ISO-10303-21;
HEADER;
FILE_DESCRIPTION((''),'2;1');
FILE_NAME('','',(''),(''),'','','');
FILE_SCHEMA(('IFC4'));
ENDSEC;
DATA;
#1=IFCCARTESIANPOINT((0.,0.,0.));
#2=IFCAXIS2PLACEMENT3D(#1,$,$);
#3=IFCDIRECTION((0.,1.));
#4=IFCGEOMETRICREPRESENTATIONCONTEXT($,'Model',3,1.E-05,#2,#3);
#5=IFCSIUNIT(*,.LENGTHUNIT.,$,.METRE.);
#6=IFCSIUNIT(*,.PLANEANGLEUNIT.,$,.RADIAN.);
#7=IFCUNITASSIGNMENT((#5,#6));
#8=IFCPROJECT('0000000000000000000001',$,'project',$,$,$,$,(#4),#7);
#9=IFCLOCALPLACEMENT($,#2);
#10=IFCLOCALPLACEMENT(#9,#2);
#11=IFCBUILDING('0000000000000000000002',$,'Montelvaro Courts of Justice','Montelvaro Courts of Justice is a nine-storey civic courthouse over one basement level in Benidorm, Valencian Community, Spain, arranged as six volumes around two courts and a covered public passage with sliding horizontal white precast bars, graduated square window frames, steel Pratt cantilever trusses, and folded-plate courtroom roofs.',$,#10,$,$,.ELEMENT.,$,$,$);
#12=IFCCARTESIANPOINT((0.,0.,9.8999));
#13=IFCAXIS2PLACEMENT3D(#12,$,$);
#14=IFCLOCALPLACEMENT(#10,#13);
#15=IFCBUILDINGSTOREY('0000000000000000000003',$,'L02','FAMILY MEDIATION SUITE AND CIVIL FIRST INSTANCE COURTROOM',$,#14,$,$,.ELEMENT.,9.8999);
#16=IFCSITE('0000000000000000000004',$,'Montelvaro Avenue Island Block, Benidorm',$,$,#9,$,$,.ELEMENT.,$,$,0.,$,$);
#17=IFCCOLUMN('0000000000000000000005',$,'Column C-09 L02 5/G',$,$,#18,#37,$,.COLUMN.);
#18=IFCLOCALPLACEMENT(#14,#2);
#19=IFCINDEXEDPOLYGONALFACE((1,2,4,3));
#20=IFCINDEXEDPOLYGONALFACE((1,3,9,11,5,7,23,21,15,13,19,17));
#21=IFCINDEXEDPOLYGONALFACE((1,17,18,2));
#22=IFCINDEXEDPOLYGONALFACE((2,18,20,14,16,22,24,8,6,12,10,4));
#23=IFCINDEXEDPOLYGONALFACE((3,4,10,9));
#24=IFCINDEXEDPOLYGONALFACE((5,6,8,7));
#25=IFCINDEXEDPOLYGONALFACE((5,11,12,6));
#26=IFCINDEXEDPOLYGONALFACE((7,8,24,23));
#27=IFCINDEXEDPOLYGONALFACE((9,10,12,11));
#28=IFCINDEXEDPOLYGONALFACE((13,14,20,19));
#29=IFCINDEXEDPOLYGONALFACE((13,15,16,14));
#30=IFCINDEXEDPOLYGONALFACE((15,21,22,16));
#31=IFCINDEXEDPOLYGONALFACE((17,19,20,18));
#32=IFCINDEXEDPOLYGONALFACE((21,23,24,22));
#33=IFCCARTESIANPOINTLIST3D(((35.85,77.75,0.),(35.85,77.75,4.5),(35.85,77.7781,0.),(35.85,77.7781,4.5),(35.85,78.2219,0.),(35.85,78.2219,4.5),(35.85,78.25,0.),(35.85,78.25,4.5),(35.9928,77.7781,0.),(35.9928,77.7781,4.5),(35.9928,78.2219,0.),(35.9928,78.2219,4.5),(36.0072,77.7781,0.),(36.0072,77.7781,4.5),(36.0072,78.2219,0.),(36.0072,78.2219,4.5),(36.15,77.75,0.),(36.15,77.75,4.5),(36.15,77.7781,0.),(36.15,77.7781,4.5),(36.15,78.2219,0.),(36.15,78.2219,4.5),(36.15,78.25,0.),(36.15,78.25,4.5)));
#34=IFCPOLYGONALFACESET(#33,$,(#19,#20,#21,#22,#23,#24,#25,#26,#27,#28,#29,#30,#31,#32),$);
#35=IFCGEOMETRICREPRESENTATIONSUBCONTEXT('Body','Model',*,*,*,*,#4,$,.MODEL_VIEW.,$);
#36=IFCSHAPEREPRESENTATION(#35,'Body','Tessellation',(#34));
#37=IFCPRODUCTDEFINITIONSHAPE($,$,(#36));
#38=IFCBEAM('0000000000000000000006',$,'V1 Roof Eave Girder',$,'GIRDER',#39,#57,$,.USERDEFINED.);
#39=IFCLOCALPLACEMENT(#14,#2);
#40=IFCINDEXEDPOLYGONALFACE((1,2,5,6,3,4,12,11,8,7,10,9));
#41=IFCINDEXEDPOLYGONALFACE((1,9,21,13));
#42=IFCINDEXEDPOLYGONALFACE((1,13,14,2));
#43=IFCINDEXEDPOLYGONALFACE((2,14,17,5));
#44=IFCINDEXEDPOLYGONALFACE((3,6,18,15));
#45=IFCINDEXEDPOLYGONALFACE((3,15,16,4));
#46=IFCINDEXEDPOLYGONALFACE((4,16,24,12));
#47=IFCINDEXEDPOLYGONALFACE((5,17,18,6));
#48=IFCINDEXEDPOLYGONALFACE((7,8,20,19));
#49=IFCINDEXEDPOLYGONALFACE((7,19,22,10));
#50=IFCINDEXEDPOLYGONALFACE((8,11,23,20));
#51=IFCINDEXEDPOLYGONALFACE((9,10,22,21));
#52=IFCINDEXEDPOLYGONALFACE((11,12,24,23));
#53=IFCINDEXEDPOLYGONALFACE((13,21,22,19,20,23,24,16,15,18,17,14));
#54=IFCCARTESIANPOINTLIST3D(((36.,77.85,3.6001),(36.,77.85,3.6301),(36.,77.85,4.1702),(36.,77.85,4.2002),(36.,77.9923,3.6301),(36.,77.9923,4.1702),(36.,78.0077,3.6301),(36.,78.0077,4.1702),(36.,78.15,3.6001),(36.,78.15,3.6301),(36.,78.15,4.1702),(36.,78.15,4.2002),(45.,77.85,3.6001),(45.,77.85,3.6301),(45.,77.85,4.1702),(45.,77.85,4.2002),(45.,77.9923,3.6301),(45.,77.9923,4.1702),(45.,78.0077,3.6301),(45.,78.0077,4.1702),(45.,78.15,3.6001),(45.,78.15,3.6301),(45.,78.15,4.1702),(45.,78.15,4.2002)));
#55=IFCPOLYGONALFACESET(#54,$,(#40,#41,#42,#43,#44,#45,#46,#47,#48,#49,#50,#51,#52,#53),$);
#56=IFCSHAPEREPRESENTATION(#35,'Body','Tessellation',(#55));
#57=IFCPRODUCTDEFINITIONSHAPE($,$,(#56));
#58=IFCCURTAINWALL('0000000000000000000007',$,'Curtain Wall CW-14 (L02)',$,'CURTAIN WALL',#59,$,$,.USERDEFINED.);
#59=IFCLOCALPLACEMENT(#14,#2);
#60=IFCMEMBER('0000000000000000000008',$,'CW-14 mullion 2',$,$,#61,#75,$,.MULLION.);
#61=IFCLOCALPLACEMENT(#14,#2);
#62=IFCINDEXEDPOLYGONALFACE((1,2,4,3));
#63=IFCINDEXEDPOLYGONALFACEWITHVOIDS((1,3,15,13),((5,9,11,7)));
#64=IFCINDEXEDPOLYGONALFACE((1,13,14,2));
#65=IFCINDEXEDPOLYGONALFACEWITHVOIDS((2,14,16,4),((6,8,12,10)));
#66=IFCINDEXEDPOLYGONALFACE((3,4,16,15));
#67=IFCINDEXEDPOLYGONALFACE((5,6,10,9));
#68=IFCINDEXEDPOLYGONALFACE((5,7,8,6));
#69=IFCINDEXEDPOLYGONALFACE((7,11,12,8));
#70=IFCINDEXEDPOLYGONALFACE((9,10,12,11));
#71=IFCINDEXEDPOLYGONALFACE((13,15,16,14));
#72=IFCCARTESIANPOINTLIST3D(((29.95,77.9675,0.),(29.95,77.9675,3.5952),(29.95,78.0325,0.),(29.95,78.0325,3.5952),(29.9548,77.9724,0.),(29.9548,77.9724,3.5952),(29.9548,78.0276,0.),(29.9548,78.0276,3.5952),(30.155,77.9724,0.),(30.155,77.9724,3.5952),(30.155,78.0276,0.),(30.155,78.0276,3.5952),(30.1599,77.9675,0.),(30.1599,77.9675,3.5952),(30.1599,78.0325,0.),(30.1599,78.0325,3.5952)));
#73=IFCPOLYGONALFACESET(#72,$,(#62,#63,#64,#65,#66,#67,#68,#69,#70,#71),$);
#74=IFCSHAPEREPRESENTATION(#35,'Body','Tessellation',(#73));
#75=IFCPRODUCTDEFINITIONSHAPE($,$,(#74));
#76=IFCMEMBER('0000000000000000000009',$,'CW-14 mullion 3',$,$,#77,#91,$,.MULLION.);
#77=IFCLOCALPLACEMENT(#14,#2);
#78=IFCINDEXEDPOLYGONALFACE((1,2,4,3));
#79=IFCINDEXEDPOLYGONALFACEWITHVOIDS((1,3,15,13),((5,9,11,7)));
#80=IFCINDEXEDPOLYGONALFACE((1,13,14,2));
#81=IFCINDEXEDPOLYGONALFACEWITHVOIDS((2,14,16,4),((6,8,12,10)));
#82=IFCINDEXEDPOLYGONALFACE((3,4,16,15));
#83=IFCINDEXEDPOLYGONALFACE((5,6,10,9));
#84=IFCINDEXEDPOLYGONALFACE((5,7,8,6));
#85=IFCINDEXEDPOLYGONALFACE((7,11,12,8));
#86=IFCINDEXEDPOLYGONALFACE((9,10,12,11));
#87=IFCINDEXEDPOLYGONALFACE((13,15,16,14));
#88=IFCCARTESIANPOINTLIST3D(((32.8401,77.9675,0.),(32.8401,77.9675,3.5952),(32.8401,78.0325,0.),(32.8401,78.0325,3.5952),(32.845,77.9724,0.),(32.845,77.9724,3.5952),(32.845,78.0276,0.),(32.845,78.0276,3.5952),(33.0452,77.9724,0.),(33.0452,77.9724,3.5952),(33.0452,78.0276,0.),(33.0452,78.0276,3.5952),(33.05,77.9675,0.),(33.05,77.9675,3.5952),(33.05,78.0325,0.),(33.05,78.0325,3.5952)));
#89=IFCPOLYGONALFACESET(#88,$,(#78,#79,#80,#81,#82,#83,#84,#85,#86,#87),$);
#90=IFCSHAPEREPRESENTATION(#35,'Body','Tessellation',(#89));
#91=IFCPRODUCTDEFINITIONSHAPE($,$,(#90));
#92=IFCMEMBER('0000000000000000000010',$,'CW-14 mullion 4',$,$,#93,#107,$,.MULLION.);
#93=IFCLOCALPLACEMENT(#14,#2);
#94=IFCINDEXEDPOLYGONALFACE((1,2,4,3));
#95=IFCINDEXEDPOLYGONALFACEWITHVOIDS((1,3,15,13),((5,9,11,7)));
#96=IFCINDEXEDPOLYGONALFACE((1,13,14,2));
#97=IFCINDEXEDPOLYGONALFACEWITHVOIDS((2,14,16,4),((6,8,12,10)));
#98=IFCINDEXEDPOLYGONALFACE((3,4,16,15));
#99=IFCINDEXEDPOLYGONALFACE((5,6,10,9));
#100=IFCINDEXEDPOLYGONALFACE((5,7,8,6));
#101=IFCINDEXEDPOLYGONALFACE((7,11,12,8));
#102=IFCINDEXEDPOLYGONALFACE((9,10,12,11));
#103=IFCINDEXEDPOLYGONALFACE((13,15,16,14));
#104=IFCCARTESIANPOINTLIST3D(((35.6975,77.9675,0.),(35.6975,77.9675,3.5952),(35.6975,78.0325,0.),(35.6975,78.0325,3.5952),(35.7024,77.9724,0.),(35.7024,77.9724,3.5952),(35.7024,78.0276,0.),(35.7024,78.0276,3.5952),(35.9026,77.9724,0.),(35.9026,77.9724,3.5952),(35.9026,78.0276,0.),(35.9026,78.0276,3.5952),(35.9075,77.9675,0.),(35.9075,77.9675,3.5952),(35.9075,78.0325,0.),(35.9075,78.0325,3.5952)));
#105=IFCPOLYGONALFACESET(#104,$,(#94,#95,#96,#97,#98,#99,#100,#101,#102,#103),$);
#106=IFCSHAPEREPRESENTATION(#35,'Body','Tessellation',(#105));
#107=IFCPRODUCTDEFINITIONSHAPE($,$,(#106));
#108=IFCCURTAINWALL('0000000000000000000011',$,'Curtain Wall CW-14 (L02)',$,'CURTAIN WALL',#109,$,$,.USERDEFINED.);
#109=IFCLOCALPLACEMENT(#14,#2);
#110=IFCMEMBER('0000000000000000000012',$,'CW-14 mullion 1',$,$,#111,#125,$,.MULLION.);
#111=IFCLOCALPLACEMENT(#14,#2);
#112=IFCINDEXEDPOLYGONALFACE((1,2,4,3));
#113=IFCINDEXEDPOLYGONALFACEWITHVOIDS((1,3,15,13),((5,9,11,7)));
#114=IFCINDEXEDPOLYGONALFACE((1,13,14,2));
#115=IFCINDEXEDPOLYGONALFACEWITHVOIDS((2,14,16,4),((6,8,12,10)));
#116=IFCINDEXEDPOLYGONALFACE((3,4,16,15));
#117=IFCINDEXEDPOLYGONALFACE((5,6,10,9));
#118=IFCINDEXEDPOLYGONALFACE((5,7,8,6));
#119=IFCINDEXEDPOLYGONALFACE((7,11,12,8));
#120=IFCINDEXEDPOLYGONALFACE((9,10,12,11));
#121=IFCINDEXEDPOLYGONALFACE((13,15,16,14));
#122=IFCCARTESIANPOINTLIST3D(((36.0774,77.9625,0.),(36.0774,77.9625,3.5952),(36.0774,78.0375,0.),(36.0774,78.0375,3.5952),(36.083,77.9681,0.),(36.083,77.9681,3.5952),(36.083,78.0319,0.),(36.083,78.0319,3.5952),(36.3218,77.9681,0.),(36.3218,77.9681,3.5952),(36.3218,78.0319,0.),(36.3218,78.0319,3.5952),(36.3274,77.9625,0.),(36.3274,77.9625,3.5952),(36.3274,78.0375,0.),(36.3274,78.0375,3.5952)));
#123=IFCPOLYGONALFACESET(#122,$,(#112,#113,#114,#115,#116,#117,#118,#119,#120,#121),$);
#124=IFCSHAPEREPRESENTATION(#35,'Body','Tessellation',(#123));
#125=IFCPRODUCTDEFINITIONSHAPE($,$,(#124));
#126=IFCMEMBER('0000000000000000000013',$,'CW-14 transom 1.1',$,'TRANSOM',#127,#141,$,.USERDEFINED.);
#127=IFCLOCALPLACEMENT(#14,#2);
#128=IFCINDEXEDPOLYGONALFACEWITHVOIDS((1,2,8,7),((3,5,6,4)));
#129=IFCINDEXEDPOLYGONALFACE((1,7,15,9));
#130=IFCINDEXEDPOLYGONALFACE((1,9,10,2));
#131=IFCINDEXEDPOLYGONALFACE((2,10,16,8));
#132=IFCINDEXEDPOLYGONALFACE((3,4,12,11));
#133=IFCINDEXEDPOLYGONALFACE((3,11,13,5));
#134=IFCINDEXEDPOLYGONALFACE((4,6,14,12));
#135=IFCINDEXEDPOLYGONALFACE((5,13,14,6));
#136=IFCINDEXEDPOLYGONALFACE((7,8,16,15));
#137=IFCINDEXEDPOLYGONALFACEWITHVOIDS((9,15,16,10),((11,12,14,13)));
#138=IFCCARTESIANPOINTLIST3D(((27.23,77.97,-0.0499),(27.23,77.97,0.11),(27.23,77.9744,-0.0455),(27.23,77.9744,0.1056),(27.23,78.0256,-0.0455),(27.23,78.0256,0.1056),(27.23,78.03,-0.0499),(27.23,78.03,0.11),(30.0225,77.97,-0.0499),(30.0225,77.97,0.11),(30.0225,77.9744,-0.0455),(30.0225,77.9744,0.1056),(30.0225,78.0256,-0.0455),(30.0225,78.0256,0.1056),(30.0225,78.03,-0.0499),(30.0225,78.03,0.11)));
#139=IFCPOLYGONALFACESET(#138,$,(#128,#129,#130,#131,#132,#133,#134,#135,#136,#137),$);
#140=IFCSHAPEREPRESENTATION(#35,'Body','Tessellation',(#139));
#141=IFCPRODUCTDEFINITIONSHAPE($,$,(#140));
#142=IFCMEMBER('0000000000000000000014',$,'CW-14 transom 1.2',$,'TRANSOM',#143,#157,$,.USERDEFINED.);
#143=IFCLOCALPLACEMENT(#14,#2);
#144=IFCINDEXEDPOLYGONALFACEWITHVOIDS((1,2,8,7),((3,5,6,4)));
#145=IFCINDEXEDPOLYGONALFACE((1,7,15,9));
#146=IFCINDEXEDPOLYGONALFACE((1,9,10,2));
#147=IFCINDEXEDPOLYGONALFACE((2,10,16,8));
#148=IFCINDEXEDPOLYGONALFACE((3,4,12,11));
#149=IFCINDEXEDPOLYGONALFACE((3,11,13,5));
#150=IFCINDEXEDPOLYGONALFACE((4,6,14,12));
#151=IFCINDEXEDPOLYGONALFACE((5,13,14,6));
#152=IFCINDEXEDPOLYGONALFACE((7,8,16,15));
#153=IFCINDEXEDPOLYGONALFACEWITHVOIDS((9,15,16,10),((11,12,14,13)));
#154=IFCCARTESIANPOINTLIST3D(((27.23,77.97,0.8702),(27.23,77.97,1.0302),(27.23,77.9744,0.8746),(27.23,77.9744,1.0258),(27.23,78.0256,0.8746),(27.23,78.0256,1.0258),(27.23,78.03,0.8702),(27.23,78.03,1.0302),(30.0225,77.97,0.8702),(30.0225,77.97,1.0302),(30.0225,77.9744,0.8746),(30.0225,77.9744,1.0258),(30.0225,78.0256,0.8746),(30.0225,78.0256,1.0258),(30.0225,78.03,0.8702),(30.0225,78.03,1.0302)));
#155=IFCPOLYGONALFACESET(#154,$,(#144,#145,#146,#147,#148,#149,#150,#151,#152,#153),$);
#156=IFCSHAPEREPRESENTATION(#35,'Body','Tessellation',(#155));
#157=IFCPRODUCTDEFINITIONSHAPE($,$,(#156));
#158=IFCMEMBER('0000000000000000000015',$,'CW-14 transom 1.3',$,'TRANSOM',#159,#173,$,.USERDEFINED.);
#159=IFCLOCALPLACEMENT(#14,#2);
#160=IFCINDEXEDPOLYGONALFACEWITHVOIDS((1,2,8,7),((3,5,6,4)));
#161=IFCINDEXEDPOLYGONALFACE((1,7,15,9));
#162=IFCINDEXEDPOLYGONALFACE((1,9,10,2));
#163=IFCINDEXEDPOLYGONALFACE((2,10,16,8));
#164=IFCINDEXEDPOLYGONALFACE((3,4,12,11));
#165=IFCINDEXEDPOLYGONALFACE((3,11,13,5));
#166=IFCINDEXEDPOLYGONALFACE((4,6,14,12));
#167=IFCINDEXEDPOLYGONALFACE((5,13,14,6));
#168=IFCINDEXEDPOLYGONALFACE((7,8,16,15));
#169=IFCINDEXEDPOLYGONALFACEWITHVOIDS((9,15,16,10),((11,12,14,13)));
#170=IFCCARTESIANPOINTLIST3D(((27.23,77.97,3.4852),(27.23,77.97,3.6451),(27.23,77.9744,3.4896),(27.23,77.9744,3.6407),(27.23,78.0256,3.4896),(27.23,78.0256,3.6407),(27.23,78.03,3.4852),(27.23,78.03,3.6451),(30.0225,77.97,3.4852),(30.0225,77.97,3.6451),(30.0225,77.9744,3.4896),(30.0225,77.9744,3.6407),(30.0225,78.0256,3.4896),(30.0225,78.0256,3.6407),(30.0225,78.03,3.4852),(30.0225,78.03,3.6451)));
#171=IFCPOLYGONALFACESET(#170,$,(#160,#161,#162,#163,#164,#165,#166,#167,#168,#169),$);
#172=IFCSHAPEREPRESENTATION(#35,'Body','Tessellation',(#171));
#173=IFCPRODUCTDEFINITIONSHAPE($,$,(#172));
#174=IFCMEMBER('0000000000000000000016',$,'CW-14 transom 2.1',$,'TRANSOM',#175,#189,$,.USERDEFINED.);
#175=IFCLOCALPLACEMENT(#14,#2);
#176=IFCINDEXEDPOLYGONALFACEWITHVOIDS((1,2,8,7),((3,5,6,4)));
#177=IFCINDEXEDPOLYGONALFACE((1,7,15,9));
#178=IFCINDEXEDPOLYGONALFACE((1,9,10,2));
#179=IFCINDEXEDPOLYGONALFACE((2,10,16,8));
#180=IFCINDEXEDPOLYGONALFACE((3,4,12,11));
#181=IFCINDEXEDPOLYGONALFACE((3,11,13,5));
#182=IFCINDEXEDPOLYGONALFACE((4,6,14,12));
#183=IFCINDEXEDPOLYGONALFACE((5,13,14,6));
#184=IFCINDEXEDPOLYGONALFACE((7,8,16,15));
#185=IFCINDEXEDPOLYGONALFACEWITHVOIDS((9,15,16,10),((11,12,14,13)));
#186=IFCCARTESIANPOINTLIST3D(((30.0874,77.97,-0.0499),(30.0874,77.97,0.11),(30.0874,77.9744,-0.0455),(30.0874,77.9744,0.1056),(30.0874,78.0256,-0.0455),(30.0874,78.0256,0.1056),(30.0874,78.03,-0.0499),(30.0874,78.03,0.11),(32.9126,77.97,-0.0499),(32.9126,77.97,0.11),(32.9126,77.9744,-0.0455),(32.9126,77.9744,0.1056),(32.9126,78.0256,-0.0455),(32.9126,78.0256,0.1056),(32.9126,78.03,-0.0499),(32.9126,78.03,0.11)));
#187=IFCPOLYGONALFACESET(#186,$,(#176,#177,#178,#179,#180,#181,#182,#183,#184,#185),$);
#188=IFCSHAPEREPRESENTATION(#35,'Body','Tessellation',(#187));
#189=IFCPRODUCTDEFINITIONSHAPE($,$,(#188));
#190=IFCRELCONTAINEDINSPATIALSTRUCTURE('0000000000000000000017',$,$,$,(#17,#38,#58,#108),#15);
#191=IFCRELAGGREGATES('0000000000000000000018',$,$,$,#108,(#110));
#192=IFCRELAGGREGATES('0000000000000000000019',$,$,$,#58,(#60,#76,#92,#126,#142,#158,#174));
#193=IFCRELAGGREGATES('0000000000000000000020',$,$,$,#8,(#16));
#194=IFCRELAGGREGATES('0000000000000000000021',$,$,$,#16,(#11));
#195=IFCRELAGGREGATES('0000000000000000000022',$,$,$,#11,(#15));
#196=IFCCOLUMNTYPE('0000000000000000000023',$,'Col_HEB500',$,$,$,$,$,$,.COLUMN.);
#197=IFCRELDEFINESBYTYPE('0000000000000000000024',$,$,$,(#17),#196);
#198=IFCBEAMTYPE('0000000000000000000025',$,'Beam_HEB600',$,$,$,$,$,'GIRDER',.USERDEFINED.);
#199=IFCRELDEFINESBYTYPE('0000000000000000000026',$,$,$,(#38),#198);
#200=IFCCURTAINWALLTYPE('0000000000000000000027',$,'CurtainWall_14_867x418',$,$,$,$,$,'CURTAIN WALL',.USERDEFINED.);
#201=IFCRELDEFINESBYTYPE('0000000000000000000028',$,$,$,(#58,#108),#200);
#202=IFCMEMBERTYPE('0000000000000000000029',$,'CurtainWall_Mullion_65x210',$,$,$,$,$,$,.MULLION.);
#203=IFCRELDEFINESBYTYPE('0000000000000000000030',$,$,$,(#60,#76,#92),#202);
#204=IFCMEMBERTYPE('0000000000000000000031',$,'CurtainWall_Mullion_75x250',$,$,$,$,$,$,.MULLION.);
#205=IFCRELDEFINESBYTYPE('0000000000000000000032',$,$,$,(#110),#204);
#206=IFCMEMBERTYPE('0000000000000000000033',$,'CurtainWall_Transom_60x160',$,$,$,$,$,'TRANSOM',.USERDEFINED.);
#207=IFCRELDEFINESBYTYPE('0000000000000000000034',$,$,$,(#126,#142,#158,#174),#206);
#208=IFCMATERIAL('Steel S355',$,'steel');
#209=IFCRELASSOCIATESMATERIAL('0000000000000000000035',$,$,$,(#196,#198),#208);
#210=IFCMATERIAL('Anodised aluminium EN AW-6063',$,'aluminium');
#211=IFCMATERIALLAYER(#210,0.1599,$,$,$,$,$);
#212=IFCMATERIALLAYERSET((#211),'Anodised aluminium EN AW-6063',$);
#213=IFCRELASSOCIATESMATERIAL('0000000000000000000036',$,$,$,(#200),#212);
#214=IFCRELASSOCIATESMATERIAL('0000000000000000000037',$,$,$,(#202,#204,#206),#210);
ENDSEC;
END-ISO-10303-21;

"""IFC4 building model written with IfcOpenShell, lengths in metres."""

from ifc_helpers import new_model, si_unit, direction, frame, origin, origin_2d, place, context, subcontext, project, spatial, hollow_rectangle, i_section, extrude, material, layer, layer_set, material_profile, profile_set, type_object, element, aggregate, save


model = new_model("IFC4")

# Units and contexts
model_context = context("Model", 3, precision=1e-05, world=origin(), true_north=direction((0.0, 1.0)))
body_context = subcontext(model_context, "Body", "Model", "MODEL_VIEW")
ifc_project = project(units=[si_unit("LENGTHUNIT", "METRE"), si_unit("PLANEANGLEUNIT", "RADIAN")], contexts=[model_context])

# Site, building, storey
site_placement = place(None, origin())
site = spatial("IfcSite", under=ifc_project, at=site_placement, Name="Montelvaro Avenue Island Block, Benidorm", CompositionType="ELEMENT", RefElevation=0.0)
building_placement = place(site_placement, origin())
building = spatial("IfcBuilding", under=site, at=building_placement, Name="Montelvaro Courts of Justice", Description="Montelvaro Courts of Justice is a nine-storey civic courthouse over one basement level in Benidorm, Valencian Community, Spain, arranged as six volumes around two courts and a covered public passage with sliding horizontal white precast bars, graduated square window frames, steel Pratt cantilever trusses, and folded-plate courtroom roofs.", CompositionType="ELEMENT")
storey_placement = place(building_placement, frame((0.0, 0.0, 9.8999)))
storey = spatial("IfcBuildingStorey", under=building, at=storey_placement, Name="L02", Description="FAMILY MEDIATION SUITE AND CIVIL FIRST INSTANCE COURTROOM", CompositionType="ELEMENT", Elevation=9.8999)

# Column
ifc_material_1 = material(Name="Steel S355", Category="steel")
ifc_material_profile_1 = material_profile(ifc_material_1, i_section(OverallWidth=0.3, OverallDepth=0.5, WebThickness=0.0144, FlangeThickness=0.0281, at=origin_2d()), Name="HEB 500")
ifc_profile_set_1 = profile_set([ifc_material_profile_1], Name="Steel S355")
column_type = type_object("IfcColumnType", Name="Col_HEB500", PredefinedType="COLUMN", material=ifc_profile_set_1)
column_placement = place(storey_placement, frame((36.0, 78.0, 0.0), z_axis=(0.0, 0.0, 1.0), x_axis=(1.0, 0.0, 0.0)))
element("IfcColumn", 1, at=column_placement, inside=storey, type_object=column_type, Name="Column C-09 L02 5/G", PredefinedType="COLUMN", context=body_context, shape_type="SweptSolid", body=[
    extrude(i_section(OverallWidth=0.3, OverallDepth=0.5, WebThickness=0.0144, FlangeThickness=0.0281, at=origin_2d()), origin(), (0.0, 0.0, 1.0), 4.5),
])

# Beam
ifc_material_profile_2 = material_profile(ifc_material_1, i_section(OverallWidth=0.3, OverallDepth=0.6001, WebThickness=0.0154, FlangeThickness=0.03, at=origin_2d()), Name="HEB 600")
ifc_profile_set_2 = profile_set([ifc_material_profile_2], Name="Steel S355")
beam_type = type_object("IfcBeamType", Name="Beam_HEB600", ElementType="GIRDER", PredefinedType="USERDEFINED", material=ifc_profile_set_2)
beam_placement = place(storey_placement, frame((36.0, 78.0, 3.9001), z_axis=(1.0, 0.0, 0.0), x_axis=(0.0, 1.0, 0.0)))
element("IfcBeam", 2, at=beam_placement, inside=storey, type_object=beam_type, Name="V1 Roof Eave Girder", ObjectType="GIRDER", PredefinedType="USERDEFINED", context=body_context, shape_type="SweptSolid", body=[
    extrude(i_section(OverallWidth=0.3, OverallDepth=0.6001, WebThickness=0.0154, FlangeThickness=0.03, at=origin_2d()), origin(), (0.0, 0.0, 1.0), 9.0),
])

# Curtain wall, members
ifc_material_2 = material(Name="Anodised aluminium EN AW-6063", Category="aluminium")
ifc_layer_1 = layer(ifc_material_2, 0.1599)
ifc_layer_set_1 = layer_set([ifc_layer_1], Name="Anodised aluminium EN AW-6063")
curtain_wall_type = type_object("IfcCurtainWallType", Name="CurtainWall_14_867x418", ElementType="CURTAIN WALL", PredefinedType="USERDEFINED", material=ifc_layer_set_1)
curtain_wall_1_placement = place(storey_placement, origin())
curtain_wall_1 = element("IfcCurtainWall", 3, at=curtain_wall_1_placement, inside=storey, type_object=curtain_wall_type, Name="Curtain Wall CW-14 (L02)", ObjectType="CURTAIN WALL", PredefinedType="USERDEFINED")
ifc_material_profile_3 = material_profile(ifc_material_2, hollow_rectangle(XDim=0.0649, YDim=0.21, WallThickness=0.0049, at=origin_2d()), Name="ALU-M 65x210")
ifc_profile_set_3 = profile_set([ifc_material_profile_3], Name="Anodised aluminium EN AW-6063")
member_type_1 = type_object("IfcMemberType", Name="CurtainWall_Mullion_65x210", PredefinedType="MULLION", material=ifc_profile_set_3)
member_1_placement = place(storey_placement, frame((30.0549, 78.0, 0.0), z_axis=(0.0, 0.0, 1.0), x_axis=(0.0, 1.0, 0.0)))
member_1 = element("IfcMember", 4, at=member_1_placement, type_object=member_type_1, Name="CW-14 mullion 2", PredefinedType="MULLION", context=body_context, shape_type="SweptSolid", body=[
    extrude(hollow_rectangle(XDim=0.0649, YDim=0.21, WallThickness=0.0049, at=origin_2d()), origin(), (0.0, 0.0, 1.0), 3.5952),
])
member_2_placement = place(storey_placement, frame((32.9451, 78.0, 0.0), z_axis=(0.0, 0.0, 1.0), x_axis=(0.0, 1.0, 0.0)))
member_2 = element("IfcMember", 5, at=member_2_placement, type_object=member_type_1, Name="CW-14 mullion 3", PredefinedType="MULLION", context=body_context, shape_type="SweptSolid", body=[
    extrude(hollow_rectangle(XDim=0.0649, YDim=0.21, WallThickness=0.0049, at=origin_2d()), origin(), (0.0, 0.0, 1.0), 3.5952),
])
member_3_placement = place(storey_placement, frame((35.8025, 78.0, 0.0), z_axis=(0.0, 0.0, 1.0), x_axis=(0.0, 1.0, 0.0)))
member_3 = element("IfcMember", 6, at=member_3_placement, type_object=member_type_1, Name="CW-14 mullion 4", PredefinedType="MULLION", context=body_context, shape_type="SweptSolid", body=[
    extrude(hollow_rectangle(XDim=0.0649, YDim=0.21, WallThickness=0.0049, at=origin_2d()), origin(), (0.0, 0.0, 1.0), 3.5952),
])

# Curtain wall, member
curtain_wall_2_placement = place(storey_placement, origin())
curtain_wall_2 = element("IfcCurtainWall", 7, at=curtain_wall_2_placement, inside=storey, type_object=curtain_wall_type, Name="Curtain Wall CW-14 (L02)", ObjectType="CURTAIN WALL", PredefinedType="USERDEFINED")
ifc_material_profile_4 = material_profile(ifc_material_2, hollow_rectangle(XDim=0.075, YDim=0.25, WallThickness=0.0056, at=origin_2d()), Name="ALU-M 75x250")
ifc_profile_set_4 = profile_set([ifc_material_profile_4], Name="Anodised aluminium EN AW-6063")
member_type_2 = type_object("IfcMemberType", Name="CurtainWall_Mullion_75x250", PredefinedType="MULLION", material=ifc_profile_set_4)
member_4_placement = place(storey_placement, frame((36.2024, 78.0, 0.0), z_axis=(0.0, 0.0, 1.0), x_axis=(0.0, 1.0, 0.0)))
member_4 = element("IfcMember", 8, at=member_4_placement, type_object=member_type_2, Name="CW-14 mullion 1", PredefinedType="MULLION", context=body_context, shape_type="SweptSolid", body=[
    extrude(hollow_rectangle(XDim=0.075, YDim=0.25, WallThickness=0.0056, at=origin_2d()), origin(), (0.0, 0.0, 1.0), 3.5952),
])

# Members
ifc_material_profile_5 = material_profile(ifc_material_2, hollow_rectangle(XDim=0.0601, YDim=0.1599, WallThickness=0.0044, at=origin_2d()), Name="ALU-T 60x160")
ifc_profile_set_5 = profile_set([ifc_material_profile_5], Name="Anodised aluminium EN AW-6063")
member_type_3 = type_object("IfcMemberType", Name="CurtainWall_Transom_60x160", ElementType="TRANSOM", PredefinedType="USERDEFINED", material=ifc_profile_set_5)
member_5_placement = place(storey_placement, frame((27.23, 78.0, 0.03), z_axis=(1.0, 0.0, 0.0), x_axis=(0.0, 1.0, 0.0)))
member_5 = element("IfcMember", 9, at=member_5_placement, type_object=member_type_3, Name="CW-14 transom 1.1", ObjectType="TRANSOM", PredefinedType="USERDEFINED", context=body_context, shape_type="SweptSolid", body=[
    extrude(hollow_rectangle(XDim=0.0601, YDim=0.1599, WallThickness=0.0044, at=origin_2d()), origin(), (0.0, 0.0, 1.0), 2.7925),
])
member_6_placement = place(storey_placement, frame((27.23, 78.0, 0.9502), z_axis=(1.0, 0.0, 0.0), x_axis=(0.0, 1.0, 0.0)))
member_6 = element("IfcMember", 10, at=member_6_placement, type_object=member_type_3, Name="CW-14 transom 1.2", ObjectType="TRANSOM", PredefinedType="USERDEFINED", context=body_context, shape_type="SweptSolid", body=[
    extrude(hollow_rectangle(XDim=0.0601, YDim=0.1599, WallThickness=0.0044, at=origin_2d()), origin(), (0.0, 0.0, 1.0), 2.7925),
])
member_7_placement = place(storey_placement, frame((27.23, 78.0, 3.5652), z_axis=(1.0, 0.0, 0.0), x_axis=(0.0, 1.0, 0.0)))
member_7 = element("IfcMember", 11, at=member_7_placement, type_object=member_type_3, Name="CW-14 transom 1.3", ObjectType="TRANSOM", PredefinedType="USERDEFINED", context=body_context, shape_type="SweptSolid", body=[
    extrude(hollow_rectangle(XDim=0.0601, YDim=0.1599, WallThickness=0.0044, at=origin_2d()), origin(), (0.0, 0.0, 1.0), 2.7925),
])
member_8_placement = place(storey_placement, frame((30.0874, 78.0, 0.03), z_axis=(1.0, 0.0, 0.0), x_axis=(0.0, 1.0, 0.0)))
member_8 = element("IfcMember", 12, at=member_8_placement, type_object=member_type_3, Name="CW-14 transom 2.1", ObjectType="TRANSOM", PredefinedType="USERDEFINED", context=body_context, shape_type="SweptSolid", body=[
    extrude(hollow_rectangle(XDim=0.0601, YDim=0.1599, WallThickness=0.0044, at=origin_2d()), origin(), (0.0, 0.0, 1.0), 2.8252),
])
aggregate(curtain_wall_2, [member_4])

aggregate(curtain_wall_1, [member_1, member_2, member_3, member_5, member_6, member_7, member_8])

save(model, "model.ifc")
